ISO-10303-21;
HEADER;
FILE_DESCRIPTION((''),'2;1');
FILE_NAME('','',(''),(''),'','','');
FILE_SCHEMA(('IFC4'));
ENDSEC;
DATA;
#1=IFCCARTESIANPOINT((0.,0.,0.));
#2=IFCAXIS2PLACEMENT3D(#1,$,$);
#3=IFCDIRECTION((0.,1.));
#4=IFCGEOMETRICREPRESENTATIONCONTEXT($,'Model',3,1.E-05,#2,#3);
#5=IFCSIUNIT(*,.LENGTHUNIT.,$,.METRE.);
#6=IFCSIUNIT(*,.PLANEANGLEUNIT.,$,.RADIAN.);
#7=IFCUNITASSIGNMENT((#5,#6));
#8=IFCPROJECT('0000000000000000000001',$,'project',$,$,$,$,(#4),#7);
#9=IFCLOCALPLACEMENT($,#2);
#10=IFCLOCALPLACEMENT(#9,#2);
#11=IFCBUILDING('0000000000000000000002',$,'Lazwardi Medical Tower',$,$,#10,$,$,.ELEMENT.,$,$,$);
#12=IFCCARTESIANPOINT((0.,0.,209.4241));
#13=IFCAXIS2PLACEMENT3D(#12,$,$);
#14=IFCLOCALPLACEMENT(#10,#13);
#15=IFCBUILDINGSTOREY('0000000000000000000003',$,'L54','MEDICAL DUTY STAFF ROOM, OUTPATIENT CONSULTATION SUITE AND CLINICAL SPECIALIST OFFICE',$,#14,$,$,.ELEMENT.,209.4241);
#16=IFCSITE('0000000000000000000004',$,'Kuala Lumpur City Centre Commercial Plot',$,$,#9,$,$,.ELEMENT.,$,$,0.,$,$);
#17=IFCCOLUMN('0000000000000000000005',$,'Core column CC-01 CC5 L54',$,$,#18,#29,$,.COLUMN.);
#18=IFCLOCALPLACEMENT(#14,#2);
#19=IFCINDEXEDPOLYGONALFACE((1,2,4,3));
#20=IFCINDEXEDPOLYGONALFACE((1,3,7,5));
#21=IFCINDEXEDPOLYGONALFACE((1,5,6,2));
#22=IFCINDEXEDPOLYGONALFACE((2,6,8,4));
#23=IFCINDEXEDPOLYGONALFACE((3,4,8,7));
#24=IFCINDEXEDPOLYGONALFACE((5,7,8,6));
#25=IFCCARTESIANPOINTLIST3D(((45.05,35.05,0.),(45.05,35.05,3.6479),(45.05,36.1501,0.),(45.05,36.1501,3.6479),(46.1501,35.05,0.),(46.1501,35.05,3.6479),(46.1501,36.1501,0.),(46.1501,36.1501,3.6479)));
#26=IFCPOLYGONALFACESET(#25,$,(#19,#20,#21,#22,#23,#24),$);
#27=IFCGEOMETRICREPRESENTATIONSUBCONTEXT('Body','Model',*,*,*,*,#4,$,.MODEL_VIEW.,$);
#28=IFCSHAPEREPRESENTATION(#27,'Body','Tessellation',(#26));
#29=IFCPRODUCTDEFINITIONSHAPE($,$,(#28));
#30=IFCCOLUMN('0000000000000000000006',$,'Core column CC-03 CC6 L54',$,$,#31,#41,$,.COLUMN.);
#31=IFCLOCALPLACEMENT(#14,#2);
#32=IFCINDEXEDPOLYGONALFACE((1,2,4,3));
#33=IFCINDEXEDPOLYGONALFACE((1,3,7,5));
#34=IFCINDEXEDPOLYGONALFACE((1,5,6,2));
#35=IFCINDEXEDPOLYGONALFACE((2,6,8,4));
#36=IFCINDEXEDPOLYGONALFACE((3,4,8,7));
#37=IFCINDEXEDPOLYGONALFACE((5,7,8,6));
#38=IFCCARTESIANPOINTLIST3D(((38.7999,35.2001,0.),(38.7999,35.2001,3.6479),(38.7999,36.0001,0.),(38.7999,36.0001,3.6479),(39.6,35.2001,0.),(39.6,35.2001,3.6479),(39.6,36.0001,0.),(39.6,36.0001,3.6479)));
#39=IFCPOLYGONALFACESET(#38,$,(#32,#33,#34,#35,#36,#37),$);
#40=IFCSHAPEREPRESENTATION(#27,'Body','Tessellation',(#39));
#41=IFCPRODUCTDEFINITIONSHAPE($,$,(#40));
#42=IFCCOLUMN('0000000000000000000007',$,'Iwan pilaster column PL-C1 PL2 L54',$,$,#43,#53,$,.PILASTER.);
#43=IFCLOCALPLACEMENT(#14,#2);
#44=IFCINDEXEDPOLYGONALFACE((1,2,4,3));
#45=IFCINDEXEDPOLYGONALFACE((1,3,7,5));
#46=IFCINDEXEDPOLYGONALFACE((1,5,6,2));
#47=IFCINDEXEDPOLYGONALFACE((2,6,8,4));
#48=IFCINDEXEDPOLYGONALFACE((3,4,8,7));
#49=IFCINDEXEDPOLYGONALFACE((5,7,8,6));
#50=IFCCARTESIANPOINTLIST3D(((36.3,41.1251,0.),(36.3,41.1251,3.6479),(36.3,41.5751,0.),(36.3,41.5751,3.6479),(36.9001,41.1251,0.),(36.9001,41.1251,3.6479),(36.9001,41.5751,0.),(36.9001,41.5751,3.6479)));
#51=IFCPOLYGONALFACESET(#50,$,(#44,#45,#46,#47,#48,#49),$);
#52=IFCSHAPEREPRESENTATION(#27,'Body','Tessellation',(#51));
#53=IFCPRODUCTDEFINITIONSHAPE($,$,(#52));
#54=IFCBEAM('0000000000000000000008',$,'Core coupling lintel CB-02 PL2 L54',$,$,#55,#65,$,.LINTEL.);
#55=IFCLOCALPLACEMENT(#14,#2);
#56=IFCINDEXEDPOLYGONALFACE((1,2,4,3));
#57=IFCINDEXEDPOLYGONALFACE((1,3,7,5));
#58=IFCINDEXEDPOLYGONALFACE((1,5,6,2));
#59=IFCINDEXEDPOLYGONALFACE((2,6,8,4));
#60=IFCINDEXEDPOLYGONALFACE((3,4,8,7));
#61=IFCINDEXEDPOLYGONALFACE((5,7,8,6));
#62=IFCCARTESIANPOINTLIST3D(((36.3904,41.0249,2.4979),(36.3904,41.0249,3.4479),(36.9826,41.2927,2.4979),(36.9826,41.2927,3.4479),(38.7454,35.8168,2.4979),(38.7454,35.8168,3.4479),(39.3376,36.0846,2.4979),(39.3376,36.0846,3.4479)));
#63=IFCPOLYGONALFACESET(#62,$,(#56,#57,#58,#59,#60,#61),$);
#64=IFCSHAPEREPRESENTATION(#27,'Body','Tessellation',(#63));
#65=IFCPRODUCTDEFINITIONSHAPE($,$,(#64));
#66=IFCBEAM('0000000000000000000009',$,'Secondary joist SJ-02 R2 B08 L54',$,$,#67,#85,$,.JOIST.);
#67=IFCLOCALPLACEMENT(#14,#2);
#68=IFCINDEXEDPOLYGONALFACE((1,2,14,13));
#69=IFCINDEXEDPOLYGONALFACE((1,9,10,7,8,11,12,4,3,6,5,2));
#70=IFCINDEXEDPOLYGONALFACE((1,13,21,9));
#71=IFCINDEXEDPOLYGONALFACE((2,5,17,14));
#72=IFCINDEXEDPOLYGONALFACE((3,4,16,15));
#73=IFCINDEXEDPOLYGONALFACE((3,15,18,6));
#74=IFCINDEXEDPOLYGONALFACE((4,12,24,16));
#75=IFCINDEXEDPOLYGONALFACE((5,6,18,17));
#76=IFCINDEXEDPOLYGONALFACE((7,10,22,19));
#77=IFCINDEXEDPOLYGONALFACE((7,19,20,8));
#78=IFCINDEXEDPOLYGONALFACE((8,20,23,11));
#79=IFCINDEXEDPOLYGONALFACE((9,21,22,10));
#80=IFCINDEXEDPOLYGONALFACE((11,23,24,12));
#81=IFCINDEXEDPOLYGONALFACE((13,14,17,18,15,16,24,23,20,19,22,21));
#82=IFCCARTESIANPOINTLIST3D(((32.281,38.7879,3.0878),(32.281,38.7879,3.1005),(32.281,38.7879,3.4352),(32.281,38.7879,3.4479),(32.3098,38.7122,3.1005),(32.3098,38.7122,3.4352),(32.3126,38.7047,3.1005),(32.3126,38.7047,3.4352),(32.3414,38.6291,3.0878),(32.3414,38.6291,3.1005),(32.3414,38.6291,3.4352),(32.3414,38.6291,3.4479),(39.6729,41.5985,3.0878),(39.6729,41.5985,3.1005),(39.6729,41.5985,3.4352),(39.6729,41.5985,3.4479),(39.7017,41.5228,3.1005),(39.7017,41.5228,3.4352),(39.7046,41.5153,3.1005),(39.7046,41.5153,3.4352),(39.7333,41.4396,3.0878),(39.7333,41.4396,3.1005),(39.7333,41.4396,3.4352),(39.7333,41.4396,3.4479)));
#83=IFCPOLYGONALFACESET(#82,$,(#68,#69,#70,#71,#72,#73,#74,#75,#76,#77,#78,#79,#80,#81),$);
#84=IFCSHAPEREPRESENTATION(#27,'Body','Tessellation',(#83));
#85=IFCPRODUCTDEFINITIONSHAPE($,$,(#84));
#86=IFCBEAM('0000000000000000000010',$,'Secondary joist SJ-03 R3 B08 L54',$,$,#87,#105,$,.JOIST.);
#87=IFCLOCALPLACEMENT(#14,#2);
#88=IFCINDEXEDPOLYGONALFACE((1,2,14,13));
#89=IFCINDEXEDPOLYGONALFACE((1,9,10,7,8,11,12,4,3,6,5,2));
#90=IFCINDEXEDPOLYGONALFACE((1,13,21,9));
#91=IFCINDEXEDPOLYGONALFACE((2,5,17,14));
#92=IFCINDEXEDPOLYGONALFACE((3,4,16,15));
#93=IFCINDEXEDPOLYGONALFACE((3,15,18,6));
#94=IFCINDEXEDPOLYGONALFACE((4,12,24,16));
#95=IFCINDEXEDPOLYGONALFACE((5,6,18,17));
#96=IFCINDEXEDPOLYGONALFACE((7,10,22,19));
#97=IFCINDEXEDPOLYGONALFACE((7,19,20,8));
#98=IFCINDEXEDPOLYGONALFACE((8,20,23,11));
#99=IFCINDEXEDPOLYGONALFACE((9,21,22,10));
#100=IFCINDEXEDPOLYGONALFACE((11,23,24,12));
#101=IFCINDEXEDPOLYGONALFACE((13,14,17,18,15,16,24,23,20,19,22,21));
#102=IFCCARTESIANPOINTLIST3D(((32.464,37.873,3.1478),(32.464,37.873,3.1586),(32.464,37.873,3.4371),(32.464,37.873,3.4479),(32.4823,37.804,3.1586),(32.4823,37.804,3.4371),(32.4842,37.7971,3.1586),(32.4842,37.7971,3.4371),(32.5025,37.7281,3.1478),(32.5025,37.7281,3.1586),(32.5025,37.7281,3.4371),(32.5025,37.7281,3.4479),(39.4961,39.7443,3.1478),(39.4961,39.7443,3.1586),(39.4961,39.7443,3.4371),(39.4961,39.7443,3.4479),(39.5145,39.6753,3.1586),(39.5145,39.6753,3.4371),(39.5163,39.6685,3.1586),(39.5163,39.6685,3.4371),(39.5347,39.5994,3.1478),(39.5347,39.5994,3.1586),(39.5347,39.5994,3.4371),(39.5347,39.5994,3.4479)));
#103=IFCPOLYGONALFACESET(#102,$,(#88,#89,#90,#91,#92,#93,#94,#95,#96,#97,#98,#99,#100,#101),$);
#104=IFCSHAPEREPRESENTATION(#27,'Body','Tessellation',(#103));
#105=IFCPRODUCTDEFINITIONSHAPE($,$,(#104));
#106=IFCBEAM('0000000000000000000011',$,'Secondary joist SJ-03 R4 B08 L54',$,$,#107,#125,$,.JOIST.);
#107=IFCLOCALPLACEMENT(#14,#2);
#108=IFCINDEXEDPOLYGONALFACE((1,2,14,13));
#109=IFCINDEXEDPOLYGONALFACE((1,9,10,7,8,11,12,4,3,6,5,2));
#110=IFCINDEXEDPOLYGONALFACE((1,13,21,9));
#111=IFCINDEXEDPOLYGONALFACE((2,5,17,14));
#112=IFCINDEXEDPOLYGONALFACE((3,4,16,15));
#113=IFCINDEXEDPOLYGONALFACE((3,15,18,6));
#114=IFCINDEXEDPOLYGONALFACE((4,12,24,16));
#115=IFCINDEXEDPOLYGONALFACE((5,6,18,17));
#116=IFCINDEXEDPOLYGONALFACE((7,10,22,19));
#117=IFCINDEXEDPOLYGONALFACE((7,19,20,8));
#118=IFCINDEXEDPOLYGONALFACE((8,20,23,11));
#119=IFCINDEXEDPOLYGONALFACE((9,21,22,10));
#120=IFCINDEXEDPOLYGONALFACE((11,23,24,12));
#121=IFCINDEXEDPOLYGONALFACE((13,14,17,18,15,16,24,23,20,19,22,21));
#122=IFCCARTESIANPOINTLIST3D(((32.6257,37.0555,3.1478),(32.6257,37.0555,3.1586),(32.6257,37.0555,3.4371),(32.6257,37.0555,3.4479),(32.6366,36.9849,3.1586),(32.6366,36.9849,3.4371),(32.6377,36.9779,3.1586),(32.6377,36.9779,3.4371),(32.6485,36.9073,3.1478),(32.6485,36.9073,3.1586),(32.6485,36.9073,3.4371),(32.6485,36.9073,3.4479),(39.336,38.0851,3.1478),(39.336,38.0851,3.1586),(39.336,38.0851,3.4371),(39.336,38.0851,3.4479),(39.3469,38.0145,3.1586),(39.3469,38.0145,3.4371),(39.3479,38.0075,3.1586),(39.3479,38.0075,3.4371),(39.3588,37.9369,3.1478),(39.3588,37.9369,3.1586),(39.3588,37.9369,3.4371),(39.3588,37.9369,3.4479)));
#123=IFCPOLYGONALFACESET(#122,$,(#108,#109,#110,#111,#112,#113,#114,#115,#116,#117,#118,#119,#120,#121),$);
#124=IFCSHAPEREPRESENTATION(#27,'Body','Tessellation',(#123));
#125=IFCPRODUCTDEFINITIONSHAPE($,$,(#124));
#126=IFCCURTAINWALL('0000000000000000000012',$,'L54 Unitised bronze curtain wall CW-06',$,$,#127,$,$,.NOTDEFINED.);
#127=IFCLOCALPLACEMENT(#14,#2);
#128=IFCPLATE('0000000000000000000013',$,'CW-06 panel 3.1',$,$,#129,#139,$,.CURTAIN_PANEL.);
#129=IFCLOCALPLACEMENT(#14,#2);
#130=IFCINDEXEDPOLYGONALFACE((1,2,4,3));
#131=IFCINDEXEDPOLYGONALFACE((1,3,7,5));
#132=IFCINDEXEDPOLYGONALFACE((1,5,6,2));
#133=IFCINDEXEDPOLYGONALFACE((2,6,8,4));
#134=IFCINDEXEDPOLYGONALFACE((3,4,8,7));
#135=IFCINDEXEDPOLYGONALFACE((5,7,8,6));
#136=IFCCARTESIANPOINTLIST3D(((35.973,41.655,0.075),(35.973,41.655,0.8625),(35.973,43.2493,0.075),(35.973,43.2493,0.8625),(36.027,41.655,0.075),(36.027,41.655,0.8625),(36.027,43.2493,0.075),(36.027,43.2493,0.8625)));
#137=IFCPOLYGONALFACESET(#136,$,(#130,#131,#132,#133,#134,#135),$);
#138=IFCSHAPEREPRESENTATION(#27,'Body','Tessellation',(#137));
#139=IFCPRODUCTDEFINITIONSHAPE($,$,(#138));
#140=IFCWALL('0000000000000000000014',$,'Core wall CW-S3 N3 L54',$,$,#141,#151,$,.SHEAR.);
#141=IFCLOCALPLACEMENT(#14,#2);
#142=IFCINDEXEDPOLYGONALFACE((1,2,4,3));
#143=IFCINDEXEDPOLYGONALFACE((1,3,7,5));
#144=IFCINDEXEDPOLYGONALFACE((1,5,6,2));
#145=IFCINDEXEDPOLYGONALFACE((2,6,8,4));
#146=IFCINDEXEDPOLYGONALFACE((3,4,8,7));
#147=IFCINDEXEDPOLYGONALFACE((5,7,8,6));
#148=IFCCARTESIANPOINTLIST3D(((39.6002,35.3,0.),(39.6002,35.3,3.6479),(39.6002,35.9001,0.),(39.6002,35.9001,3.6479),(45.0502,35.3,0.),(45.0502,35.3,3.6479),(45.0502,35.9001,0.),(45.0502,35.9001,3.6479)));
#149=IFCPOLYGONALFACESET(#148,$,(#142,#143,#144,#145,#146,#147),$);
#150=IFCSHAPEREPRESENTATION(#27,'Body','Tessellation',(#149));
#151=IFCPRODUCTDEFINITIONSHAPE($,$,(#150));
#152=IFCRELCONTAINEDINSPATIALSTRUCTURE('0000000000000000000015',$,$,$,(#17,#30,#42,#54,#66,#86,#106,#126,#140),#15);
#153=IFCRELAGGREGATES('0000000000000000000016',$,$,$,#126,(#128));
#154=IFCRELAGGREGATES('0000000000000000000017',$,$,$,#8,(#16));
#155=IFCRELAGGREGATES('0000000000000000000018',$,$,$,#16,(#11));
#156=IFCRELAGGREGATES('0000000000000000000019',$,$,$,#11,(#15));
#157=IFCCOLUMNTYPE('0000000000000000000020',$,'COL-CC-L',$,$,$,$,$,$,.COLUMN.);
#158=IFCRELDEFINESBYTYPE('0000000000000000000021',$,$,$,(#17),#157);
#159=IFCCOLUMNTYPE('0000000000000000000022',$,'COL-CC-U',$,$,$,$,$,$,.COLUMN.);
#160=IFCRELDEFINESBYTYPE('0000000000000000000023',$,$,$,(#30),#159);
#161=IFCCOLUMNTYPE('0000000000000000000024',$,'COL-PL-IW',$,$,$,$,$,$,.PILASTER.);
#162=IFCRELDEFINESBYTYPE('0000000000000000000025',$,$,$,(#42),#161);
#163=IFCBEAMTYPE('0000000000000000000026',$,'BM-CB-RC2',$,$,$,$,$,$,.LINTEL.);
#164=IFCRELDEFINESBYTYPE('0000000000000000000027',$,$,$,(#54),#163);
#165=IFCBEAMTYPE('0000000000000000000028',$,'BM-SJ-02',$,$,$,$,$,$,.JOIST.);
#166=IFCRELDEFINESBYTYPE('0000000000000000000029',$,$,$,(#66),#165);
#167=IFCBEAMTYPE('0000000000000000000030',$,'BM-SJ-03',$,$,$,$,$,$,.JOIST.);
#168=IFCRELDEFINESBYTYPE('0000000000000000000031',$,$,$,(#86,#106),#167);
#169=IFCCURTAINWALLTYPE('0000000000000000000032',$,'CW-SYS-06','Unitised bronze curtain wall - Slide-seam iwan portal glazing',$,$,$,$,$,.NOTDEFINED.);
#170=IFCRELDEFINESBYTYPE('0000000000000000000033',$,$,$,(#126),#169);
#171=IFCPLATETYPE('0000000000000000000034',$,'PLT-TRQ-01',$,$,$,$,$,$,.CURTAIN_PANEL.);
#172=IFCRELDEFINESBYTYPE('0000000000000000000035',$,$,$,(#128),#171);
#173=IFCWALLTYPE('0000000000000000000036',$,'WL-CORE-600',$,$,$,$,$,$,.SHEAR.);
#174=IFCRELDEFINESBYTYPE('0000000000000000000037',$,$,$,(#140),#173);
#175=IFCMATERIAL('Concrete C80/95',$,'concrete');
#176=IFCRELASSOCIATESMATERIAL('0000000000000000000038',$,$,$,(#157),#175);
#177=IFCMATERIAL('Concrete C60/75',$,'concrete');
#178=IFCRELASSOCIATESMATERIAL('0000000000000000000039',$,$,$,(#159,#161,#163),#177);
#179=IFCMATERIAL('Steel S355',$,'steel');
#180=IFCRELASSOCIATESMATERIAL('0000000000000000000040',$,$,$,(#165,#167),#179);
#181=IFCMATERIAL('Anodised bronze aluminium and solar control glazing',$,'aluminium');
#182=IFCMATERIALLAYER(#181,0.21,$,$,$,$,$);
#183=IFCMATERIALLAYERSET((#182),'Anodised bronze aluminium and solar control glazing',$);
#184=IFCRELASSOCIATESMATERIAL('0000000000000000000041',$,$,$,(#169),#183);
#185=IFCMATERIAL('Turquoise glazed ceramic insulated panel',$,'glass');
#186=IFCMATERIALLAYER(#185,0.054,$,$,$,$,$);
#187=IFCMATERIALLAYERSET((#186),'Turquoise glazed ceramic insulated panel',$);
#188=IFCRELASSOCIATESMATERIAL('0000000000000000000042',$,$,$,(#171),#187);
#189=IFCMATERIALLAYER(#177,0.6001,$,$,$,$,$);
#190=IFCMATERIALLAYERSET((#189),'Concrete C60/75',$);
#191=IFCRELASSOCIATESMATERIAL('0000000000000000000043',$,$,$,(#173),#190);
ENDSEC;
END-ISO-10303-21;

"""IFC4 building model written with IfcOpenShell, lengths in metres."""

from ifc_helpers import new_model, si_unit, direction, frame, frame_2d, origin, origin_2d, place, context, subcontext, project, spatial, rectangle, i_section, extrude, material, layer, layer_set, material_profile, profile_set, type_object, element, aggregate, save


model = new_model("IFC4")

# Units and contexts
model_context = context("Model", 3, precision=1e-05, world=origin(), true_north=direction((0.0, 1.0)))
body_context = subcontext(model_context, "Body", "Model", "MODEL_VIEW")
ifc_project = project(units=[si_unit("LENGTHUNIT", "METRE"), si_unit("PLANEANGLEUNIT", "RADIAN")], contexts=[model_context])

# Site, building, storey
site_placement = place(None, origin())
site = spatial("IfcSite", under=ifc_project, at=site_placement, Name="Kuala Lumpur City Centre Commercial Plot", CompositionType="ELEMENT", RefElevation=0.0)
building_placement = place(site_placement, origin())
building = spatial("IfcBuilding", under=site, at=building_placement, Name="Lazwardi Medical Tower", CompositionType="ELEMENT")
storey_placement = place(building_placement, frame((0.0, 0.0, 209.4241)))
storey = spatial("IfcBuildingStorey", under=building, at=storey_placement, Name="L54", Description="MEDICAL DUTY STAFF ROOM, OUTPATIENT CONSULTATION SUITE AND CLINICAL SPECIALIST OFFICE", CompositionType="ELEMENT", Elevation=209.4241)

# Columns
ifc_material_1 = material(Name="Concrete C80/95", Category="concrete")
ifc_material_profile_1 = material_profile(ifc_material_1, rectangle(XDim=1.1001, YDim=1.1001, at=origin_2d()), Name="RC 1100x1100")
ifc_profile_set_1 = profile_set([ifc_material_profile_1], Name="Concrete C80/95")
column_type_1 = type_object("IfcColumnType", Name="COL-CC-L", PredefinedType="COLUMN", material=ifc_profile_set_1)
column_1_placement = place(storey_placement, frame((45.6001, 35.6001, 0.0), z_axis=(0.0, 0.0, 1.0), x_axis=(1.0, 0.0, 0.0)))
element("IfcColumn", 1, at=column_1_placement, inside=storey, type_object=column_type_1, Name="Core column CC-01 CC5 L54", PredefinedType="COLUMN", context=body_context, shape_type="SweptSolid", body=[
    extrude(rectangle(XDim=1.1001, YDim=1.1001, at=origin_2d()), origin(), (0.0, 0.0, 1.0), 3.6479),
])
ifc_material_2 = material(Name="Concrete C60/75", Category="concrete")
ifc_material_profile_2 = material_profile(ifc_material_2, rectangle(XDim=0.8, YDim=0.8, at=origin_2d()), Name="RC 800x800")
ifc_profile_set_2 = profile_set([ifc_material_profile_2], Name="Concrete C60/75")
column_type_2 = type_object("IfcColumnType", Name="COL-CC-U", PredefinedType="COLUMN", material=ifc_profile_set_2)
column_2_placement = place(storey_placement, frame((39.2, 35.6001, 0.0), z_axis=(0.0, 0.0, 1.0), x_axis=(1.0, 0.0, 0.0)))
element("IfcColumn", 2, at=column_2_placement, inside=storey, type_object=column_type_2, Name="Core column CC-03 CC6 L54", PredefinedType="COLUMN", context=body_context, shape_type="SweptSolid", body=[
    extrude(rectangle(XDim=0.8, YDim=0.8, at=origin_2d()), origin(), (0.0, 0.0, 1.0), 3.6479),
])
ifc_material_profile_3 = material_profile(ifc_material_2, rectangle(XDim=0.6001, YDim=0.45, at=origin_2d()), Name="RC 600x450")
ifc_profile_set_3 = profile_set([ifc_material_profile_3], Name="Concrete C60/75")
column_type_3 = type_object("IfcColumnType", Name="COL-PL-IW", PredefinedType="PILASTER", material=ifc_profile_set_3)
column_3_placement = place(storey_placement, frame((36.6001, 41.3501, 0.0), z_axis=(0.0, 0.0, 1.0), x_axis=(1.0, 0.0, 0.0)))
element("IfcColumn", 3, at=column_3_placement, inside=storey, type_object=column_type_3, Name="Iwan pilaster column PL-C1 PL2 L54", PredefinedType="PILASTER", context=body_context, shape_type="SweptSolid", body=[
    extrude(rectangle(XDim=0.6001, YDim=0.45, at=origin_2d()), origin(), (0.0, 0.0, 1.0), 3.6479),
])

# Beams
ifc_material_profile_4 = material_profile(ifc_material_2, rectangle(XDim=0.6499, YDim=0.95, at=origin_2d()), Name="RC 650x950")
ifc_profile_set_4 = profile_set([ifc_material_profile_4], Name="Concrete C60/75")
beam_type_1 = type_object("IfcBeamType", Name="BM-CB-RC2", PredefinedType="LINTEL", material=ifc_profile_set_4)
beam_1_placement = place(storey_placement, frame((39.0415, 35.9507, 2.9729), z_axis=(-0.412019, 0.911175, 0.0), x_axis=(-0.911175, -0.412019, 0.0)))
element("IfcBeam", 4, at=beam_1_placement, inside=storey, type_object=beam_type_1, Name="Core coupling lintel CB-02 PL2 L54", PredefinedType="LINTEL", context=body_context, shape_type="SweptSolid", body=[
    extrude(rectangle(XDim=0.6499, YDim=0.95, at=origin_2d()), origin(), (0.0, 0.0, 1.0), 5.7158),
])
ifc_material_3 = material(Name="Steel S355", Category="steel")
ifc_material_profile_5 = material_profile(ifc_material_3, i_section(OverallWidth=0.1699, OverallDepth=0.3601, WebThickness=0.0081, FlangeThickness=0.0127, at=origin_2d()), Name="IPE 360")
ifc_profile_set_5 = profile_set([ifc_material_profile_5], Name="Steel S355")
beam_type_2 = type_object("IfcBeamType", Name="BM-SJ-02", PredefinedType="JOIST", material=ifc_profile_set_5)
beam_2_placement = place(storey_placement, frame((39.7031, 41.519, 3.2678), z_axis=(-0.934714, -0.3554, 0.0), x_axis=(0.3554, -0.934714, 0.0)))
element("IfcBeam", 5, at=beam_2_placement, inside=storey, type_object=beam_type_2, Name="Secondary joist SJ-02 R2 B08 L54", PredefinedType="JOIST", context=body_context, shape_type="SweptSolid", body=[
    extrude(i_section(OverallWidth=0.1699, OverallDepth=0.3601, WebThickness=0.0081, FlangeThickness=0.0127, at=origin_2d()), origin(), (0.0, 0.0, 1.0), 7.9082),
])
ifc_material_profile_6 = material_profile(ifc_material_3, i_section(OverallWidth=0.1499, OverallDepth=0.3, WebThickness=0.0071, FlangeThickness=0.0107, at=origin_2d()), Name="IPE 300")
ifc_profile_set_6 = profile_set([ifc_material_profile_6], Name="Steel S355")
beam_type_3 = type_object("IfcBeamType", Name="BM-SJ-03", PredefinedType="JOIST", material=ifc_profile_set_6)
beam_3_placement = place(storey_placement, frame((39.5154, 39.6719, 3.2979), z_axis=(-0.966369, -0.257159, 0.0), x_axis=(0.257159, -0.966369, 0.0)))
element("IfcBeam", 6, at=beam_3_placement, inside=storey, type_object=beam_type_3, Name="Secondary joist SJ-03 R3 B08 L54", PredefinedType="JOIST", context=body_context, shape_type="SweptSolid", body=[
    extrude(i_section(OverallWidth=0.1499, OverallDepth=0.3, WebThickness=0.0071, FlangeThickness=0.0107, at=origin_2d()), origin(), (0.0, 0.0, 1.0), 7.2769),
])
beam_4_placement = place(storey_placement, frame((39.3474, 38.011, 3.2979), z_axis=(-0.988434, -0.151655, 0.0), x_axis=(0.151655, -0.988434, 0.0)))
element("IfcBeam", 7, at=beam_4_placement, inside=storey, type_object=beam_type_3, Name="Secondary joist SJ-03 R4 B08 L54", PredefinedType="JOIST", context=body_context, shape_type="SweptSolid", body=[
    extrude(i_section(OverallWidth=0.1499, OverallDepth=0.3, WebThickness=0.0071, FlangeThickness=0.0107, at=origin_2d()), origin(), (0.0, 0.0, 1.0), 6.7888),
])

# Curtain wall, plate
ifc_material_4 = material(Name="Anodised bronze aluminium and solar control glazing", Category="aluminium")
ifc_layer_1 = layer(ifc_material_4, 0.21)
ifc_layer_set_1 = layer_set([ifc_layer_1], Name="Anodised bronze aluminium and solar control glazing")
curtain_wall_type = type_object("IfcCurtainWallType", Name="CW-SYS-06", Description="Unitised bronze curtain wall - Slide-seam iwan portal glazing", PredefinedType="NOTDEFINED", material=ifc_layer_set_1)
curtain_wall_placement = place(storey_placement, origin())
curtain_wall = element("IfcCurtainWall", 8, at=curtain_wall_placement, inside=storey, type_object=curtain_wall_type, Name="L54 Unitised bronze curtain wall CW-06", PredefinedType="NOTDEFINED")
ifc_material_5 = material(Name="Turquoise glazed ceramic insulated panel", Category="glass")
ifc_layer_2 = layer(ifc_material_5, 0.054)
ifc_layer_set_2 = layer_set([ifc_layer_2], Name="Turquoise glazed ceramic insulated panel")
plate_type = type_object("IfcPlateType", Name="PLT-TRQ-01", PredefinedType="CURTAIN_PANEL", material=ifc_layer_set_2)
plate_placement = place(storey_placement, frame((36.0, 42.4521, 0.075), z_axis=(0.0, 0.0, 1.0), x_axis=(0.0, -1.0, 0.0)))
plate = element("IfcPlate", 9, at=plate_placement, type_object=plate_type, Name="CW-06 panel 3.1", PredefinedType="CURTAIN_PANEL", context=body_context, shape_type="SweptSolid", body=[
    extrude(rectangle(XDim=1.5942, YDim=0.054, at=origin_2d()), origin(), (0.0, 0.0, 1.0), 0.7876),
])
aggregate(curtain_wall, [plate])

# Wall
ifc_layer_3 = layer(ifc_material_2, 0.6001)
ifc_layer_set_3 = layer_set([ifc_layer_3], Name="Concrete C60/75")
wall_type_1 = type_object("IfcWallType", Name="WL-CORE-600", PredefinedType="SHEAR", material=ifc_layer_set_3)
wall_1_placement = place(storey_placement, frame((39.6001, 35.6001, 0.0), z_axis=(0.0, 0.0, 1.0), x_axis=(1.0, 0.0, 0.0)))
element("IfcWall", 10, at=wall_1_placement, inside=storey, type_object=wall_type_1, Name="Core wall CW-S3 N3 L54", PredefinedType="SHEAR", context=body_context, shape_type="SweptSolid", body=[
    extrude(rectangle(XDim=5.45, YDim=0.6001, at=frame_2d((2.7251, 0.0))), origin(), (0.0, 0.0, 1.0), 3.6479),
])

save(model, "model.ifc")
